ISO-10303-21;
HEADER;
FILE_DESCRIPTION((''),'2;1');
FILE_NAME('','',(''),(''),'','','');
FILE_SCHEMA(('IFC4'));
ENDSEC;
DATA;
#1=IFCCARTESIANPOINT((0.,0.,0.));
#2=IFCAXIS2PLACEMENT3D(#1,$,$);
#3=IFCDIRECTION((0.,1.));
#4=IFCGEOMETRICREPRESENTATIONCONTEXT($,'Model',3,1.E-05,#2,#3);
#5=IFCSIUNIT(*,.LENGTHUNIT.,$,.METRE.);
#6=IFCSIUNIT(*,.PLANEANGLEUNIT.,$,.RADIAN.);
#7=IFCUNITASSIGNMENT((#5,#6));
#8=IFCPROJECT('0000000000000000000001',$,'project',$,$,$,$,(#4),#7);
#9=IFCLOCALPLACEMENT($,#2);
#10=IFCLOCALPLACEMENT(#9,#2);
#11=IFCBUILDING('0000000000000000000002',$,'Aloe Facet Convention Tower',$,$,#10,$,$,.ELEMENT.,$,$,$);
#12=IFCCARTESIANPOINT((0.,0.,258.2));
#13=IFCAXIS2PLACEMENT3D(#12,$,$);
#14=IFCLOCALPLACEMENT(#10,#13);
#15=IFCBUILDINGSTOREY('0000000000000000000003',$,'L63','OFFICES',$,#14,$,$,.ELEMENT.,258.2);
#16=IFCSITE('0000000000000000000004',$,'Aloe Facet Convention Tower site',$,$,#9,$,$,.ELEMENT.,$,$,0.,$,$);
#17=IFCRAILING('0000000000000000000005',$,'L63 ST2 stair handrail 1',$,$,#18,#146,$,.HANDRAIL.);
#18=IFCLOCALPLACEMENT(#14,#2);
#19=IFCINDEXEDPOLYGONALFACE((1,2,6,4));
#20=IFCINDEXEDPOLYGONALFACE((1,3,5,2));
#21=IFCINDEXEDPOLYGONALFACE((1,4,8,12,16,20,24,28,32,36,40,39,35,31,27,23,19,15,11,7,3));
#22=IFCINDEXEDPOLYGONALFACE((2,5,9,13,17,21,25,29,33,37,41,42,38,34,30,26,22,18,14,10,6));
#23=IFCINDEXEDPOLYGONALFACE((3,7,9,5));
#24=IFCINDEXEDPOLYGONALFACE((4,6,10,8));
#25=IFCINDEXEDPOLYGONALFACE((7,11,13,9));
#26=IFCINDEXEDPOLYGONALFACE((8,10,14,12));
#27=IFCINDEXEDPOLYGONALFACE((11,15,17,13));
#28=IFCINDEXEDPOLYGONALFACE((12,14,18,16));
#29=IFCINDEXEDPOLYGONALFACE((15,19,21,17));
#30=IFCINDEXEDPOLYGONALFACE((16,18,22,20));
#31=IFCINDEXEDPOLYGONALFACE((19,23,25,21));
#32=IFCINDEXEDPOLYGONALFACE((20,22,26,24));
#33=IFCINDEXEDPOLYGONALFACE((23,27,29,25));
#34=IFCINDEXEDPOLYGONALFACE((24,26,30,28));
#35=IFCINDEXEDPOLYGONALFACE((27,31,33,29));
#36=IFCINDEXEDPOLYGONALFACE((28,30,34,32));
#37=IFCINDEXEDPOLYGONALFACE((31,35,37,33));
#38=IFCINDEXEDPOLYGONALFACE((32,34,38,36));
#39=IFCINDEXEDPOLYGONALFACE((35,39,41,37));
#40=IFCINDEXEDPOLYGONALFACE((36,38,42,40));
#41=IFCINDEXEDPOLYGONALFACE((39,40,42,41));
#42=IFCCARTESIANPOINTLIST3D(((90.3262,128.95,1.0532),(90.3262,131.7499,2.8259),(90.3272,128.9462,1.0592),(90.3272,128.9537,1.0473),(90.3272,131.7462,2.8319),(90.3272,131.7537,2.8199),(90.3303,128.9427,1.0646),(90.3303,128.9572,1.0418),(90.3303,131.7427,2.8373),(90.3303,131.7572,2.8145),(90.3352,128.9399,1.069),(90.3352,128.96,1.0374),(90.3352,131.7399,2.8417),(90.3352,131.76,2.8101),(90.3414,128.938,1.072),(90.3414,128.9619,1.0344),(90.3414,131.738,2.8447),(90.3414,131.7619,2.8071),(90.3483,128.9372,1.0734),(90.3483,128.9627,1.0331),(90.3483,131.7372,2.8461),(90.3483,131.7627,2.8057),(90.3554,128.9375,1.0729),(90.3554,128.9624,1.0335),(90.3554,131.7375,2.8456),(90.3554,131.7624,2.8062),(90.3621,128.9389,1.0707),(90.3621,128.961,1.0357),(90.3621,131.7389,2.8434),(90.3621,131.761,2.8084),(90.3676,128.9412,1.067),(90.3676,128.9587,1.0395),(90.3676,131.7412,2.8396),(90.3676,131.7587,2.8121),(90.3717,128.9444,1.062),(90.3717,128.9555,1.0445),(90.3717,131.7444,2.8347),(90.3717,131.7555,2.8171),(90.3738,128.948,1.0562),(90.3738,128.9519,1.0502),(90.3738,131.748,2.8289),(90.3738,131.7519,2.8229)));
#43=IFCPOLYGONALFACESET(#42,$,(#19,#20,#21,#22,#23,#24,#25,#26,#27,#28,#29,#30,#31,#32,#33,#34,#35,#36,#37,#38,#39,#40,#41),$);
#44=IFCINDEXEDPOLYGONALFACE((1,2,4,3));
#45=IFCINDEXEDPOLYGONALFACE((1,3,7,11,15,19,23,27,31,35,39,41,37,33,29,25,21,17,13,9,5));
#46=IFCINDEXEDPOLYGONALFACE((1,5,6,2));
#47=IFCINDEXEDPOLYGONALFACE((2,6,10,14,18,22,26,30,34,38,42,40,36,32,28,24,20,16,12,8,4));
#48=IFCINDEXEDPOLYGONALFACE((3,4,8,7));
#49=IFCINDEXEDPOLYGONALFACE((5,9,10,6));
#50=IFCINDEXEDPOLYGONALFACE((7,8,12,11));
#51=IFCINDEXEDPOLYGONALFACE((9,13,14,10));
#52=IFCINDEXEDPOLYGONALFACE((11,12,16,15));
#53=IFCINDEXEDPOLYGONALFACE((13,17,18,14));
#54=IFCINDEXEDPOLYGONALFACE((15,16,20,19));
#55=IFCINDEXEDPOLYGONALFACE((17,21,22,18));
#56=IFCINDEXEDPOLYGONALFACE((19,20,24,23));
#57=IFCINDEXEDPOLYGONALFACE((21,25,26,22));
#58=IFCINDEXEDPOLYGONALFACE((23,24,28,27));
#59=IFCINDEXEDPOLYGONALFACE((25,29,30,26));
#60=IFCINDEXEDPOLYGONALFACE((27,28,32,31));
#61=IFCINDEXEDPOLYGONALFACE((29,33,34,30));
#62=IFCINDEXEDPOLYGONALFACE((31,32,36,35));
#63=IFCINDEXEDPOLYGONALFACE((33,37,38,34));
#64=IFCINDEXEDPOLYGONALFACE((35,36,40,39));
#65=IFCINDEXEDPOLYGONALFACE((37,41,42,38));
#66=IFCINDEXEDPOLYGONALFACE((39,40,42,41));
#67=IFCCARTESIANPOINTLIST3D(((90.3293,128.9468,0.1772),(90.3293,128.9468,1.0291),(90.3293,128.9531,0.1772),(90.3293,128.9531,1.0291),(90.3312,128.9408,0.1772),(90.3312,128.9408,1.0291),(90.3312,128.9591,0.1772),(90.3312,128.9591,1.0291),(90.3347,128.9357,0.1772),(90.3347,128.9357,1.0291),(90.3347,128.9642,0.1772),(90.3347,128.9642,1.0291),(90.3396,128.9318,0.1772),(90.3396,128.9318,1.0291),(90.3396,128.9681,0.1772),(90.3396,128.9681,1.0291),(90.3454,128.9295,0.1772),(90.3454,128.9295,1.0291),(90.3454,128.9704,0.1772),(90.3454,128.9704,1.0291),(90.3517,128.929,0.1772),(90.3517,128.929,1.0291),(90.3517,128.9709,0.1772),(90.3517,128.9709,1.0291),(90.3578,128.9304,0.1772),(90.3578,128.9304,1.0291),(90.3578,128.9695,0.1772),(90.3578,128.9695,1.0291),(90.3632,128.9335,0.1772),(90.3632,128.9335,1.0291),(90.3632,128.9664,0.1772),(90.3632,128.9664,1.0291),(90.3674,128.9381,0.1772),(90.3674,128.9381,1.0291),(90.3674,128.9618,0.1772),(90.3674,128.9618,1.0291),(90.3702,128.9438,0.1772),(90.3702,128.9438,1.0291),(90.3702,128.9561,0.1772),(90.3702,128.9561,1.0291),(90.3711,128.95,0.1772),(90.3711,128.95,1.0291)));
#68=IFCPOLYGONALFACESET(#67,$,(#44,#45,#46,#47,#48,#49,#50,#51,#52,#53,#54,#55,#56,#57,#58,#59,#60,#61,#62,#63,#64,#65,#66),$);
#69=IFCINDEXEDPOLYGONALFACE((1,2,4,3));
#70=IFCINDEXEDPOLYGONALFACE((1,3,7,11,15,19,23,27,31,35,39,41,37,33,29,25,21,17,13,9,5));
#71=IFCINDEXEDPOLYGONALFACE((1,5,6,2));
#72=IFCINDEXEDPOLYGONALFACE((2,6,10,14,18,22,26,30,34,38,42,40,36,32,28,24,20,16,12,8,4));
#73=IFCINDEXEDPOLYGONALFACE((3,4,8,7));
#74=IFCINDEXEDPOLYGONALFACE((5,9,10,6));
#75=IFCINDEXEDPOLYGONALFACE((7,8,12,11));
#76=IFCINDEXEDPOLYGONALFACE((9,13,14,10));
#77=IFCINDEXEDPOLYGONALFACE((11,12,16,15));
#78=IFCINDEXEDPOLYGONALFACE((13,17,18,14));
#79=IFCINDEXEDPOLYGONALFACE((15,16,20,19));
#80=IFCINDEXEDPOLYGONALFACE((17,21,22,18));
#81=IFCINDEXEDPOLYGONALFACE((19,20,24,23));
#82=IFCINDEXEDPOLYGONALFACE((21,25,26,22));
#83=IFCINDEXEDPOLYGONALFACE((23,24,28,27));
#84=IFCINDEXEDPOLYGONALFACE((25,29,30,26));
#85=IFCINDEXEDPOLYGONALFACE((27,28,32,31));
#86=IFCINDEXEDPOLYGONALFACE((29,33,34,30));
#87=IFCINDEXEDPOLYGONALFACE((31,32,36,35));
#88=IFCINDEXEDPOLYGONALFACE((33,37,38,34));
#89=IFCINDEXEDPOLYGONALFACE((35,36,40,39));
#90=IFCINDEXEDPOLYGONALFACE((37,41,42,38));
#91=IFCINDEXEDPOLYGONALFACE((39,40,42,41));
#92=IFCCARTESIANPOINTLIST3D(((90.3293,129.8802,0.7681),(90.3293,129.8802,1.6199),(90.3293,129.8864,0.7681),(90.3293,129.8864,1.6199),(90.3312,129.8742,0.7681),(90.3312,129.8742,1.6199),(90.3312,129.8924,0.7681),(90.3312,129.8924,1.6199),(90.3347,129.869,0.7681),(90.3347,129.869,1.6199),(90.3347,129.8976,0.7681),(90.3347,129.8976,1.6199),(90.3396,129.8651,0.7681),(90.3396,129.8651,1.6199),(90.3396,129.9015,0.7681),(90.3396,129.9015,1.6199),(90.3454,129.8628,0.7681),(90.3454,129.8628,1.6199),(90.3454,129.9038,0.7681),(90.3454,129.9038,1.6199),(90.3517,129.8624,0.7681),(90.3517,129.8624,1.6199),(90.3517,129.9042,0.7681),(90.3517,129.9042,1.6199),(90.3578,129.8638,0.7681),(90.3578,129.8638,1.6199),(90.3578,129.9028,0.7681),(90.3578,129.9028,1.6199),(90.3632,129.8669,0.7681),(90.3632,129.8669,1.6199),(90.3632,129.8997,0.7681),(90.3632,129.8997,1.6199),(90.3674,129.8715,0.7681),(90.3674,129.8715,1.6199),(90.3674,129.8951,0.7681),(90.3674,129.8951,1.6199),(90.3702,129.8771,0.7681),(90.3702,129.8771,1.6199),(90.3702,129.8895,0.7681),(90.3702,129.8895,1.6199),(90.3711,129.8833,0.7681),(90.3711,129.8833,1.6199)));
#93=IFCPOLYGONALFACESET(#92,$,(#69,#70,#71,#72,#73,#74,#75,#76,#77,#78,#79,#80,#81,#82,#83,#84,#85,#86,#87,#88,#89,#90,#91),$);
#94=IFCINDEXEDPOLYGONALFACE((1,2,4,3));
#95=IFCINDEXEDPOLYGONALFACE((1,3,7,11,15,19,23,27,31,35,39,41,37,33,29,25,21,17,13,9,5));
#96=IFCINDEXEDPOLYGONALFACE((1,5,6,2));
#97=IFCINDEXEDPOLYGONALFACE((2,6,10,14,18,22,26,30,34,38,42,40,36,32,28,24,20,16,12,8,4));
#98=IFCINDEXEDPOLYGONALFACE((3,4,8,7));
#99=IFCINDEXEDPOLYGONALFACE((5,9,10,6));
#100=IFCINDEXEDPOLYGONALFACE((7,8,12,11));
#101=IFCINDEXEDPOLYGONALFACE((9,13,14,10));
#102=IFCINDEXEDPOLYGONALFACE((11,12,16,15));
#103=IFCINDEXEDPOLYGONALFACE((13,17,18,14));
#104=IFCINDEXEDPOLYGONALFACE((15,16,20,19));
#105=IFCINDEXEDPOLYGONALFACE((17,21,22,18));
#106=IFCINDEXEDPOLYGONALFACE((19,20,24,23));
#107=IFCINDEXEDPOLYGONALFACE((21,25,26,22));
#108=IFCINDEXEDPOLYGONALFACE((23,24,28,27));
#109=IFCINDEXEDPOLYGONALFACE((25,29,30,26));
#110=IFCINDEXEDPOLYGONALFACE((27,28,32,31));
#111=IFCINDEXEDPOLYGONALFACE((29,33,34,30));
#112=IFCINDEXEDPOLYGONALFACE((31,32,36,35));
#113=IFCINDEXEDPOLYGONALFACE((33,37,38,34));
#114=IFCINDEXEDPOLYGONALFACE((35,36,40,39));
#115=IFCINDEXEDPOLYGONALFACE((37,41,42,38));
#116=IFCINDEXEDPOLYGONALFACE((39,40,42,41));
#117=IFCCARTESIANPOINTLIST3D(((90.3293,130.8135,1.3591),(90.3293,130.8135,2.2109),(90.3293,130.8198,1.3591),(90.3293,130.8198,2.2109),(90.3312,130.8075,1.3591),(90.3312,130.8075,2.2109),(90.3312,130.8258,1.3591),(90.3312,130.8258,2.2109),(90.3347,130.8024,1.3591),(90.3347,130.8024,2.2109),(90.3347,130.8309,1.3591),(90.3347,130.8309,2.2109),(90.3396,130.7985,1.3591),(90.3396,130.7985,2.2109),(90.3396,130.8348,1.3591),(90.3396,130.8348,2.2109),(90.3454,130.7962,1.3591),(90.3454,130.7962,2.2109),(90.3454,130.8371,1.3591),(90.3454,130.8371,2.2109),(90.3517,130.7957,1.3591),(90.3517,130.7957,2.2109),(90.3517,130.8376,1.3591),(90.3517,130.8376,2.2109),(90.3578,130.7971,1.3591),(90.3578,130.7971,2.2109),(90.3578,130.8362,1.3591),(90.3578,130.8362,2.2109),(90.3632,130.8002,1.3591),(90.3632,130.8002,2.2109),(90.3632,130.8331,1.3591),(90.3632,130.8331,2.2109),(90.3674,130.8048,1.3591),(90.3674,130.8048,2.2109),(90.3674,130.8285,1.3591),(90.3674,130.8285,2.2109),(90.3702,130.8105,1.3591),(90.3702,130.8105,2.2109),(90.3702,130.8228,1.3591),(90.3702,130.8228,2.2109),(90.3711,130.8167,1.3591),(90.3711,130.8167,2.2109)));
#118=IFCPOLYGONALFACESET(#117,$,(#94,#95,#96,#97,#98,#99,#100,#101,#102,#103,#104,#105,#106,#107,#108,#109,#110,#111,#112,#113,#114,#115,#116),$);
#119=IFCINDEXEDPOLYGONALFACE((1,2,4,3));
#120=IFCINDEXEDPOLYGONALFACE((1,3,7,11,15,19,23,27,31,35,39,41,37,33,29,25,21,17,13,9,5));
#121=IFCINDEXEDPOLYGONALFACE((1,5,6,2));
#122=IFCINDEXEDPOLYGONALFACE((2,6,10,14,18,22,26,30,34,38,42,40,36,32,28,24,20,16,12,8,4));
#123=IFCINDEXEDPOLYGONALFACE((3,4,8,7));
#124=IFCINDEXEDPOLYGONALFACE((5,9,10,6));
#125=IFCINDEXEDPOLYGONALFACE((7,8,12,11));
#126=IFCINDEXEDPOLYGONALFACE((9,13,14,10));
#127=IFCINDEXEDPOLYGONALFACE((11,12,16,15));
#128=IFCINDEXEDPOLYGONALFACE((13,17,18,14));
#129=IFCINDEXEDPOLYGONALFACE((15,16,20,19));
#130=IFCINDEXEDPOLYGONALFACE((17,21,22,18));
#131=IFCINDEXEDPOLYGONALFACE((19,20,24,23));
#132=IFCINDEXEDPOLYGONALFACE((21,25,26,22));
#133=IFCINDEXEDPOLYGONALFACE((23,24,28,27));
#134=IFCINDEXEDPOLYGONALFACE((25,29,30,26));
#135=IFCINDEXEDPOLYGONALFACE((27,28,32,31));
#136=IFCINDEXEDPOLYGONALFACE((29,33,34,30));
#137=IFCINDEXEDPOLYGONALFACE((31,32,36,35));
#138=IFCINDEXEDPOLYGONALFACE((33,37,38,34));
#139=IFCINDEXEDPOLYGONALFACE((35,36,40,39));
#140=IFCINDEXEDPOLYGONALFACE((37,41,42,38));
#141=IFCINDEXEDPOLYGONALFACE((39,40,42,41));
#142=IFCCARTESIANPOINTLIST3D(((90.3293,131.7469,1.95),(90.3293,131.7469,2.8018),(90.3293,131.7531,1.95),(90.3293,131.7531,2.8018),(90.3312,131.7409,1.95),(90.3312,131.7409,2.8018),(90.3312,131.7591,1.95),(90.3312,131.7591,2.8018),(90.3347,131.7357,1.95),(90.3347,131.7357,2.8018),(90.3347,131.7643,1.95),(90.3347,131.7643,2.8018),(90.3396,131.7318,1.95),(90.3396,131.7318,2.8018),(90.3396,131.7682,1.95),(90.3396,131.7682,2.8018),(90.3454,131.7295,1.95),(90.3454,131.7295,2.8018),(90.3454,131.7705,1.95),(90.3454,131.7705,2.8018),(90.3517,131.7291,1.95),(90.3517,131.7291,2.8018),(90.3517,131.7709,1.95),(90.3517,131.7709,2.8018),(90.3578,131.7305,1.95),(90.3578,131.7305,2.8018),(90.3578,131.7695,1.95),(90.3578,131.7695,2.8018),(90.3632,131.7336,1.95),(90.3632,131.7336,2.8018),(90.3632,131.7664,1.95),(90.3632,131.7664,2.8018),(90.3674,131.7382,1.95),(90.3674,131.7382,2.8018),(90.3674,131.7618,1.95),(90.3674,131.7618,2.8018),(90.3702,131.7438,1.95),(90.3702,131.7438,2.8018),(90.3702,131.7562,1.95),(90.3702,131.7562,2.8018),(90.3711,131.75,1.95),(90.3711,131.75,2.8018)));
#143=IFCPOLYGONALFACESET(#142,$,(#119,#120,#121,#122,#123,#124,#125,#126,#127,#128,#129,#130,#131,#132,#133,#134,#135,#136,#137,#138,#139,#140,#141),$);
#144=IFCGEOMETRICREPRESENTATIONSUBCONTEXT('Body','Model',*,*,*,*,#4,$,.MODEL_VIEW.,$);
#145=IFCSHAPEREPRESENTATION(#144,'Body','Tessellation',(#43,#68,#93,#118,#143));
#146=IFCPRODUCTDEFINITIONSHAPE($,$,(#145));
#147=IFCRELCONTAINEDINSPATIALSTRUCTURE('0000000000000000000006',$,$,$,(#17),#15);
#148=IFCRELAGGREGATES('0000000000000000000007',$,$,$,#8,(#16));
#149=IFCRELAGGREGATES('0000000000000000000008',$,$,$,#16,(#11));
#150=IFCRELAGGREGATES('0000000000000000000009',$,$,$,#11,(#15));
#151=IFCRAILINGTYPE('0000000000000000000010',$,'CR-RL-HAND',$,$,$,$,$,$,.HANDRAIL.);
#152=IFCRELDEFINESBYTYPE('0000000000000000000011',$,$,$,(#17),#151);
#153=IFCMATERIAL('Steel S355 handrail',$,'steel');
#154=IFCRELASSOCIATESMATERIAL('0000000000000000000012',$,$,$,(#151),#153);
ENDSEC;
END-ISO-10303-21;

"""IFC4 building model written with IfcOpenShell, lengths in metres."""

from ifc_helpers import new_model, si_unit, direction, frame, origin, origin_2d, place, context, subcontext, project, spatial, circle, extrude, material, type_object, element, save


model = new_model("IFC4")

# Units and contexts
model_context = context("Model", 3, precision=1e-05, world=origin(), true_north=direction((0.0, 1.0)))
body_context = subcontext(model_context, "Body", "Model", "MODEL_VIEW")
ifc_project = project(units=[si_unit("LENGTHUNIT", "METRE"), si_unit("PLANEANGLEUNIT", "RADIAN")], contexts=[model_context])

# Site, building, storey
site_placement = place(None, origin())
site = spatial("IfcSite", under=ifc_project, at=site_placement, Name="Aloe Facet Convention Tower site", CompositionType="ELEMENT", RefElevation=0.0)
building_placement = place(site_placement, origin())
building = spatial("IfcBuilding", under=site, at=building_placement, Name="Aloe Facet Convention Tower", CompositionType="ELEMENT")
storey_placement = place(building_placement, frame((0.0, 0.0, 258.2)))
storey = spatial("IfcBuildingStorey", under=building, at=storey_placement, Name="L63", Description="OFFICES", CompositionType="ELEMENT", Elevation=258.2)

# Railing
ifc_material_1 = material(Name="Steel S355 handrail", Category="steel")
railing_type_1 = type_object("IfcRailingType", Name="CR-RL-HAND", PredefinedType="HANDRAIL", material=ifc_material_1)
railing_1_placement = place(storey_placement, frame((90.3501, 128.95, 0.1772)))
element("IfcRailing", 1, at=railing_1_placement, inside=storey, type_object=railing_type_1, Name="L63 ST2 stair handrail 1", PredefinedType="HANDRAIL", context=body_context, shape_type="SweptSolid", body=[
    extrude(circle(Radius=0.0239, at=origin_2d()), frame((0.0, 0.0, 0.876), z_axis=(0.0, 0.844909, 0.53491), x_axis=(-1.0, 0.0, 0.0)), (0.0, 0.0, 1.0), 3.314),
    extrude(circle(Radius=0.021, at=origin_2d()), origin(), (0.0, 0.0, 1.0), 0.8518),
    extrude(circle(Radius=0.021, at=origin_2d()), frame((0.0, 0.9333, 0.5908)), (0.0, 0.0, 1.0), 0.8518),
    extrude(circle(Radius=0.021, at=origin_2d()), frame((0.0, 1.8667, 1.1819)), (0.0, 0.0, 1.0), 0.8518),
    extrude(circle(Radius=0.021, at=origin_2d()), frame((0.0, 2.8, 1.7727)), (0.0, 0.0, 1.0), 0.8518),
])

save(model, "model.ifc")
